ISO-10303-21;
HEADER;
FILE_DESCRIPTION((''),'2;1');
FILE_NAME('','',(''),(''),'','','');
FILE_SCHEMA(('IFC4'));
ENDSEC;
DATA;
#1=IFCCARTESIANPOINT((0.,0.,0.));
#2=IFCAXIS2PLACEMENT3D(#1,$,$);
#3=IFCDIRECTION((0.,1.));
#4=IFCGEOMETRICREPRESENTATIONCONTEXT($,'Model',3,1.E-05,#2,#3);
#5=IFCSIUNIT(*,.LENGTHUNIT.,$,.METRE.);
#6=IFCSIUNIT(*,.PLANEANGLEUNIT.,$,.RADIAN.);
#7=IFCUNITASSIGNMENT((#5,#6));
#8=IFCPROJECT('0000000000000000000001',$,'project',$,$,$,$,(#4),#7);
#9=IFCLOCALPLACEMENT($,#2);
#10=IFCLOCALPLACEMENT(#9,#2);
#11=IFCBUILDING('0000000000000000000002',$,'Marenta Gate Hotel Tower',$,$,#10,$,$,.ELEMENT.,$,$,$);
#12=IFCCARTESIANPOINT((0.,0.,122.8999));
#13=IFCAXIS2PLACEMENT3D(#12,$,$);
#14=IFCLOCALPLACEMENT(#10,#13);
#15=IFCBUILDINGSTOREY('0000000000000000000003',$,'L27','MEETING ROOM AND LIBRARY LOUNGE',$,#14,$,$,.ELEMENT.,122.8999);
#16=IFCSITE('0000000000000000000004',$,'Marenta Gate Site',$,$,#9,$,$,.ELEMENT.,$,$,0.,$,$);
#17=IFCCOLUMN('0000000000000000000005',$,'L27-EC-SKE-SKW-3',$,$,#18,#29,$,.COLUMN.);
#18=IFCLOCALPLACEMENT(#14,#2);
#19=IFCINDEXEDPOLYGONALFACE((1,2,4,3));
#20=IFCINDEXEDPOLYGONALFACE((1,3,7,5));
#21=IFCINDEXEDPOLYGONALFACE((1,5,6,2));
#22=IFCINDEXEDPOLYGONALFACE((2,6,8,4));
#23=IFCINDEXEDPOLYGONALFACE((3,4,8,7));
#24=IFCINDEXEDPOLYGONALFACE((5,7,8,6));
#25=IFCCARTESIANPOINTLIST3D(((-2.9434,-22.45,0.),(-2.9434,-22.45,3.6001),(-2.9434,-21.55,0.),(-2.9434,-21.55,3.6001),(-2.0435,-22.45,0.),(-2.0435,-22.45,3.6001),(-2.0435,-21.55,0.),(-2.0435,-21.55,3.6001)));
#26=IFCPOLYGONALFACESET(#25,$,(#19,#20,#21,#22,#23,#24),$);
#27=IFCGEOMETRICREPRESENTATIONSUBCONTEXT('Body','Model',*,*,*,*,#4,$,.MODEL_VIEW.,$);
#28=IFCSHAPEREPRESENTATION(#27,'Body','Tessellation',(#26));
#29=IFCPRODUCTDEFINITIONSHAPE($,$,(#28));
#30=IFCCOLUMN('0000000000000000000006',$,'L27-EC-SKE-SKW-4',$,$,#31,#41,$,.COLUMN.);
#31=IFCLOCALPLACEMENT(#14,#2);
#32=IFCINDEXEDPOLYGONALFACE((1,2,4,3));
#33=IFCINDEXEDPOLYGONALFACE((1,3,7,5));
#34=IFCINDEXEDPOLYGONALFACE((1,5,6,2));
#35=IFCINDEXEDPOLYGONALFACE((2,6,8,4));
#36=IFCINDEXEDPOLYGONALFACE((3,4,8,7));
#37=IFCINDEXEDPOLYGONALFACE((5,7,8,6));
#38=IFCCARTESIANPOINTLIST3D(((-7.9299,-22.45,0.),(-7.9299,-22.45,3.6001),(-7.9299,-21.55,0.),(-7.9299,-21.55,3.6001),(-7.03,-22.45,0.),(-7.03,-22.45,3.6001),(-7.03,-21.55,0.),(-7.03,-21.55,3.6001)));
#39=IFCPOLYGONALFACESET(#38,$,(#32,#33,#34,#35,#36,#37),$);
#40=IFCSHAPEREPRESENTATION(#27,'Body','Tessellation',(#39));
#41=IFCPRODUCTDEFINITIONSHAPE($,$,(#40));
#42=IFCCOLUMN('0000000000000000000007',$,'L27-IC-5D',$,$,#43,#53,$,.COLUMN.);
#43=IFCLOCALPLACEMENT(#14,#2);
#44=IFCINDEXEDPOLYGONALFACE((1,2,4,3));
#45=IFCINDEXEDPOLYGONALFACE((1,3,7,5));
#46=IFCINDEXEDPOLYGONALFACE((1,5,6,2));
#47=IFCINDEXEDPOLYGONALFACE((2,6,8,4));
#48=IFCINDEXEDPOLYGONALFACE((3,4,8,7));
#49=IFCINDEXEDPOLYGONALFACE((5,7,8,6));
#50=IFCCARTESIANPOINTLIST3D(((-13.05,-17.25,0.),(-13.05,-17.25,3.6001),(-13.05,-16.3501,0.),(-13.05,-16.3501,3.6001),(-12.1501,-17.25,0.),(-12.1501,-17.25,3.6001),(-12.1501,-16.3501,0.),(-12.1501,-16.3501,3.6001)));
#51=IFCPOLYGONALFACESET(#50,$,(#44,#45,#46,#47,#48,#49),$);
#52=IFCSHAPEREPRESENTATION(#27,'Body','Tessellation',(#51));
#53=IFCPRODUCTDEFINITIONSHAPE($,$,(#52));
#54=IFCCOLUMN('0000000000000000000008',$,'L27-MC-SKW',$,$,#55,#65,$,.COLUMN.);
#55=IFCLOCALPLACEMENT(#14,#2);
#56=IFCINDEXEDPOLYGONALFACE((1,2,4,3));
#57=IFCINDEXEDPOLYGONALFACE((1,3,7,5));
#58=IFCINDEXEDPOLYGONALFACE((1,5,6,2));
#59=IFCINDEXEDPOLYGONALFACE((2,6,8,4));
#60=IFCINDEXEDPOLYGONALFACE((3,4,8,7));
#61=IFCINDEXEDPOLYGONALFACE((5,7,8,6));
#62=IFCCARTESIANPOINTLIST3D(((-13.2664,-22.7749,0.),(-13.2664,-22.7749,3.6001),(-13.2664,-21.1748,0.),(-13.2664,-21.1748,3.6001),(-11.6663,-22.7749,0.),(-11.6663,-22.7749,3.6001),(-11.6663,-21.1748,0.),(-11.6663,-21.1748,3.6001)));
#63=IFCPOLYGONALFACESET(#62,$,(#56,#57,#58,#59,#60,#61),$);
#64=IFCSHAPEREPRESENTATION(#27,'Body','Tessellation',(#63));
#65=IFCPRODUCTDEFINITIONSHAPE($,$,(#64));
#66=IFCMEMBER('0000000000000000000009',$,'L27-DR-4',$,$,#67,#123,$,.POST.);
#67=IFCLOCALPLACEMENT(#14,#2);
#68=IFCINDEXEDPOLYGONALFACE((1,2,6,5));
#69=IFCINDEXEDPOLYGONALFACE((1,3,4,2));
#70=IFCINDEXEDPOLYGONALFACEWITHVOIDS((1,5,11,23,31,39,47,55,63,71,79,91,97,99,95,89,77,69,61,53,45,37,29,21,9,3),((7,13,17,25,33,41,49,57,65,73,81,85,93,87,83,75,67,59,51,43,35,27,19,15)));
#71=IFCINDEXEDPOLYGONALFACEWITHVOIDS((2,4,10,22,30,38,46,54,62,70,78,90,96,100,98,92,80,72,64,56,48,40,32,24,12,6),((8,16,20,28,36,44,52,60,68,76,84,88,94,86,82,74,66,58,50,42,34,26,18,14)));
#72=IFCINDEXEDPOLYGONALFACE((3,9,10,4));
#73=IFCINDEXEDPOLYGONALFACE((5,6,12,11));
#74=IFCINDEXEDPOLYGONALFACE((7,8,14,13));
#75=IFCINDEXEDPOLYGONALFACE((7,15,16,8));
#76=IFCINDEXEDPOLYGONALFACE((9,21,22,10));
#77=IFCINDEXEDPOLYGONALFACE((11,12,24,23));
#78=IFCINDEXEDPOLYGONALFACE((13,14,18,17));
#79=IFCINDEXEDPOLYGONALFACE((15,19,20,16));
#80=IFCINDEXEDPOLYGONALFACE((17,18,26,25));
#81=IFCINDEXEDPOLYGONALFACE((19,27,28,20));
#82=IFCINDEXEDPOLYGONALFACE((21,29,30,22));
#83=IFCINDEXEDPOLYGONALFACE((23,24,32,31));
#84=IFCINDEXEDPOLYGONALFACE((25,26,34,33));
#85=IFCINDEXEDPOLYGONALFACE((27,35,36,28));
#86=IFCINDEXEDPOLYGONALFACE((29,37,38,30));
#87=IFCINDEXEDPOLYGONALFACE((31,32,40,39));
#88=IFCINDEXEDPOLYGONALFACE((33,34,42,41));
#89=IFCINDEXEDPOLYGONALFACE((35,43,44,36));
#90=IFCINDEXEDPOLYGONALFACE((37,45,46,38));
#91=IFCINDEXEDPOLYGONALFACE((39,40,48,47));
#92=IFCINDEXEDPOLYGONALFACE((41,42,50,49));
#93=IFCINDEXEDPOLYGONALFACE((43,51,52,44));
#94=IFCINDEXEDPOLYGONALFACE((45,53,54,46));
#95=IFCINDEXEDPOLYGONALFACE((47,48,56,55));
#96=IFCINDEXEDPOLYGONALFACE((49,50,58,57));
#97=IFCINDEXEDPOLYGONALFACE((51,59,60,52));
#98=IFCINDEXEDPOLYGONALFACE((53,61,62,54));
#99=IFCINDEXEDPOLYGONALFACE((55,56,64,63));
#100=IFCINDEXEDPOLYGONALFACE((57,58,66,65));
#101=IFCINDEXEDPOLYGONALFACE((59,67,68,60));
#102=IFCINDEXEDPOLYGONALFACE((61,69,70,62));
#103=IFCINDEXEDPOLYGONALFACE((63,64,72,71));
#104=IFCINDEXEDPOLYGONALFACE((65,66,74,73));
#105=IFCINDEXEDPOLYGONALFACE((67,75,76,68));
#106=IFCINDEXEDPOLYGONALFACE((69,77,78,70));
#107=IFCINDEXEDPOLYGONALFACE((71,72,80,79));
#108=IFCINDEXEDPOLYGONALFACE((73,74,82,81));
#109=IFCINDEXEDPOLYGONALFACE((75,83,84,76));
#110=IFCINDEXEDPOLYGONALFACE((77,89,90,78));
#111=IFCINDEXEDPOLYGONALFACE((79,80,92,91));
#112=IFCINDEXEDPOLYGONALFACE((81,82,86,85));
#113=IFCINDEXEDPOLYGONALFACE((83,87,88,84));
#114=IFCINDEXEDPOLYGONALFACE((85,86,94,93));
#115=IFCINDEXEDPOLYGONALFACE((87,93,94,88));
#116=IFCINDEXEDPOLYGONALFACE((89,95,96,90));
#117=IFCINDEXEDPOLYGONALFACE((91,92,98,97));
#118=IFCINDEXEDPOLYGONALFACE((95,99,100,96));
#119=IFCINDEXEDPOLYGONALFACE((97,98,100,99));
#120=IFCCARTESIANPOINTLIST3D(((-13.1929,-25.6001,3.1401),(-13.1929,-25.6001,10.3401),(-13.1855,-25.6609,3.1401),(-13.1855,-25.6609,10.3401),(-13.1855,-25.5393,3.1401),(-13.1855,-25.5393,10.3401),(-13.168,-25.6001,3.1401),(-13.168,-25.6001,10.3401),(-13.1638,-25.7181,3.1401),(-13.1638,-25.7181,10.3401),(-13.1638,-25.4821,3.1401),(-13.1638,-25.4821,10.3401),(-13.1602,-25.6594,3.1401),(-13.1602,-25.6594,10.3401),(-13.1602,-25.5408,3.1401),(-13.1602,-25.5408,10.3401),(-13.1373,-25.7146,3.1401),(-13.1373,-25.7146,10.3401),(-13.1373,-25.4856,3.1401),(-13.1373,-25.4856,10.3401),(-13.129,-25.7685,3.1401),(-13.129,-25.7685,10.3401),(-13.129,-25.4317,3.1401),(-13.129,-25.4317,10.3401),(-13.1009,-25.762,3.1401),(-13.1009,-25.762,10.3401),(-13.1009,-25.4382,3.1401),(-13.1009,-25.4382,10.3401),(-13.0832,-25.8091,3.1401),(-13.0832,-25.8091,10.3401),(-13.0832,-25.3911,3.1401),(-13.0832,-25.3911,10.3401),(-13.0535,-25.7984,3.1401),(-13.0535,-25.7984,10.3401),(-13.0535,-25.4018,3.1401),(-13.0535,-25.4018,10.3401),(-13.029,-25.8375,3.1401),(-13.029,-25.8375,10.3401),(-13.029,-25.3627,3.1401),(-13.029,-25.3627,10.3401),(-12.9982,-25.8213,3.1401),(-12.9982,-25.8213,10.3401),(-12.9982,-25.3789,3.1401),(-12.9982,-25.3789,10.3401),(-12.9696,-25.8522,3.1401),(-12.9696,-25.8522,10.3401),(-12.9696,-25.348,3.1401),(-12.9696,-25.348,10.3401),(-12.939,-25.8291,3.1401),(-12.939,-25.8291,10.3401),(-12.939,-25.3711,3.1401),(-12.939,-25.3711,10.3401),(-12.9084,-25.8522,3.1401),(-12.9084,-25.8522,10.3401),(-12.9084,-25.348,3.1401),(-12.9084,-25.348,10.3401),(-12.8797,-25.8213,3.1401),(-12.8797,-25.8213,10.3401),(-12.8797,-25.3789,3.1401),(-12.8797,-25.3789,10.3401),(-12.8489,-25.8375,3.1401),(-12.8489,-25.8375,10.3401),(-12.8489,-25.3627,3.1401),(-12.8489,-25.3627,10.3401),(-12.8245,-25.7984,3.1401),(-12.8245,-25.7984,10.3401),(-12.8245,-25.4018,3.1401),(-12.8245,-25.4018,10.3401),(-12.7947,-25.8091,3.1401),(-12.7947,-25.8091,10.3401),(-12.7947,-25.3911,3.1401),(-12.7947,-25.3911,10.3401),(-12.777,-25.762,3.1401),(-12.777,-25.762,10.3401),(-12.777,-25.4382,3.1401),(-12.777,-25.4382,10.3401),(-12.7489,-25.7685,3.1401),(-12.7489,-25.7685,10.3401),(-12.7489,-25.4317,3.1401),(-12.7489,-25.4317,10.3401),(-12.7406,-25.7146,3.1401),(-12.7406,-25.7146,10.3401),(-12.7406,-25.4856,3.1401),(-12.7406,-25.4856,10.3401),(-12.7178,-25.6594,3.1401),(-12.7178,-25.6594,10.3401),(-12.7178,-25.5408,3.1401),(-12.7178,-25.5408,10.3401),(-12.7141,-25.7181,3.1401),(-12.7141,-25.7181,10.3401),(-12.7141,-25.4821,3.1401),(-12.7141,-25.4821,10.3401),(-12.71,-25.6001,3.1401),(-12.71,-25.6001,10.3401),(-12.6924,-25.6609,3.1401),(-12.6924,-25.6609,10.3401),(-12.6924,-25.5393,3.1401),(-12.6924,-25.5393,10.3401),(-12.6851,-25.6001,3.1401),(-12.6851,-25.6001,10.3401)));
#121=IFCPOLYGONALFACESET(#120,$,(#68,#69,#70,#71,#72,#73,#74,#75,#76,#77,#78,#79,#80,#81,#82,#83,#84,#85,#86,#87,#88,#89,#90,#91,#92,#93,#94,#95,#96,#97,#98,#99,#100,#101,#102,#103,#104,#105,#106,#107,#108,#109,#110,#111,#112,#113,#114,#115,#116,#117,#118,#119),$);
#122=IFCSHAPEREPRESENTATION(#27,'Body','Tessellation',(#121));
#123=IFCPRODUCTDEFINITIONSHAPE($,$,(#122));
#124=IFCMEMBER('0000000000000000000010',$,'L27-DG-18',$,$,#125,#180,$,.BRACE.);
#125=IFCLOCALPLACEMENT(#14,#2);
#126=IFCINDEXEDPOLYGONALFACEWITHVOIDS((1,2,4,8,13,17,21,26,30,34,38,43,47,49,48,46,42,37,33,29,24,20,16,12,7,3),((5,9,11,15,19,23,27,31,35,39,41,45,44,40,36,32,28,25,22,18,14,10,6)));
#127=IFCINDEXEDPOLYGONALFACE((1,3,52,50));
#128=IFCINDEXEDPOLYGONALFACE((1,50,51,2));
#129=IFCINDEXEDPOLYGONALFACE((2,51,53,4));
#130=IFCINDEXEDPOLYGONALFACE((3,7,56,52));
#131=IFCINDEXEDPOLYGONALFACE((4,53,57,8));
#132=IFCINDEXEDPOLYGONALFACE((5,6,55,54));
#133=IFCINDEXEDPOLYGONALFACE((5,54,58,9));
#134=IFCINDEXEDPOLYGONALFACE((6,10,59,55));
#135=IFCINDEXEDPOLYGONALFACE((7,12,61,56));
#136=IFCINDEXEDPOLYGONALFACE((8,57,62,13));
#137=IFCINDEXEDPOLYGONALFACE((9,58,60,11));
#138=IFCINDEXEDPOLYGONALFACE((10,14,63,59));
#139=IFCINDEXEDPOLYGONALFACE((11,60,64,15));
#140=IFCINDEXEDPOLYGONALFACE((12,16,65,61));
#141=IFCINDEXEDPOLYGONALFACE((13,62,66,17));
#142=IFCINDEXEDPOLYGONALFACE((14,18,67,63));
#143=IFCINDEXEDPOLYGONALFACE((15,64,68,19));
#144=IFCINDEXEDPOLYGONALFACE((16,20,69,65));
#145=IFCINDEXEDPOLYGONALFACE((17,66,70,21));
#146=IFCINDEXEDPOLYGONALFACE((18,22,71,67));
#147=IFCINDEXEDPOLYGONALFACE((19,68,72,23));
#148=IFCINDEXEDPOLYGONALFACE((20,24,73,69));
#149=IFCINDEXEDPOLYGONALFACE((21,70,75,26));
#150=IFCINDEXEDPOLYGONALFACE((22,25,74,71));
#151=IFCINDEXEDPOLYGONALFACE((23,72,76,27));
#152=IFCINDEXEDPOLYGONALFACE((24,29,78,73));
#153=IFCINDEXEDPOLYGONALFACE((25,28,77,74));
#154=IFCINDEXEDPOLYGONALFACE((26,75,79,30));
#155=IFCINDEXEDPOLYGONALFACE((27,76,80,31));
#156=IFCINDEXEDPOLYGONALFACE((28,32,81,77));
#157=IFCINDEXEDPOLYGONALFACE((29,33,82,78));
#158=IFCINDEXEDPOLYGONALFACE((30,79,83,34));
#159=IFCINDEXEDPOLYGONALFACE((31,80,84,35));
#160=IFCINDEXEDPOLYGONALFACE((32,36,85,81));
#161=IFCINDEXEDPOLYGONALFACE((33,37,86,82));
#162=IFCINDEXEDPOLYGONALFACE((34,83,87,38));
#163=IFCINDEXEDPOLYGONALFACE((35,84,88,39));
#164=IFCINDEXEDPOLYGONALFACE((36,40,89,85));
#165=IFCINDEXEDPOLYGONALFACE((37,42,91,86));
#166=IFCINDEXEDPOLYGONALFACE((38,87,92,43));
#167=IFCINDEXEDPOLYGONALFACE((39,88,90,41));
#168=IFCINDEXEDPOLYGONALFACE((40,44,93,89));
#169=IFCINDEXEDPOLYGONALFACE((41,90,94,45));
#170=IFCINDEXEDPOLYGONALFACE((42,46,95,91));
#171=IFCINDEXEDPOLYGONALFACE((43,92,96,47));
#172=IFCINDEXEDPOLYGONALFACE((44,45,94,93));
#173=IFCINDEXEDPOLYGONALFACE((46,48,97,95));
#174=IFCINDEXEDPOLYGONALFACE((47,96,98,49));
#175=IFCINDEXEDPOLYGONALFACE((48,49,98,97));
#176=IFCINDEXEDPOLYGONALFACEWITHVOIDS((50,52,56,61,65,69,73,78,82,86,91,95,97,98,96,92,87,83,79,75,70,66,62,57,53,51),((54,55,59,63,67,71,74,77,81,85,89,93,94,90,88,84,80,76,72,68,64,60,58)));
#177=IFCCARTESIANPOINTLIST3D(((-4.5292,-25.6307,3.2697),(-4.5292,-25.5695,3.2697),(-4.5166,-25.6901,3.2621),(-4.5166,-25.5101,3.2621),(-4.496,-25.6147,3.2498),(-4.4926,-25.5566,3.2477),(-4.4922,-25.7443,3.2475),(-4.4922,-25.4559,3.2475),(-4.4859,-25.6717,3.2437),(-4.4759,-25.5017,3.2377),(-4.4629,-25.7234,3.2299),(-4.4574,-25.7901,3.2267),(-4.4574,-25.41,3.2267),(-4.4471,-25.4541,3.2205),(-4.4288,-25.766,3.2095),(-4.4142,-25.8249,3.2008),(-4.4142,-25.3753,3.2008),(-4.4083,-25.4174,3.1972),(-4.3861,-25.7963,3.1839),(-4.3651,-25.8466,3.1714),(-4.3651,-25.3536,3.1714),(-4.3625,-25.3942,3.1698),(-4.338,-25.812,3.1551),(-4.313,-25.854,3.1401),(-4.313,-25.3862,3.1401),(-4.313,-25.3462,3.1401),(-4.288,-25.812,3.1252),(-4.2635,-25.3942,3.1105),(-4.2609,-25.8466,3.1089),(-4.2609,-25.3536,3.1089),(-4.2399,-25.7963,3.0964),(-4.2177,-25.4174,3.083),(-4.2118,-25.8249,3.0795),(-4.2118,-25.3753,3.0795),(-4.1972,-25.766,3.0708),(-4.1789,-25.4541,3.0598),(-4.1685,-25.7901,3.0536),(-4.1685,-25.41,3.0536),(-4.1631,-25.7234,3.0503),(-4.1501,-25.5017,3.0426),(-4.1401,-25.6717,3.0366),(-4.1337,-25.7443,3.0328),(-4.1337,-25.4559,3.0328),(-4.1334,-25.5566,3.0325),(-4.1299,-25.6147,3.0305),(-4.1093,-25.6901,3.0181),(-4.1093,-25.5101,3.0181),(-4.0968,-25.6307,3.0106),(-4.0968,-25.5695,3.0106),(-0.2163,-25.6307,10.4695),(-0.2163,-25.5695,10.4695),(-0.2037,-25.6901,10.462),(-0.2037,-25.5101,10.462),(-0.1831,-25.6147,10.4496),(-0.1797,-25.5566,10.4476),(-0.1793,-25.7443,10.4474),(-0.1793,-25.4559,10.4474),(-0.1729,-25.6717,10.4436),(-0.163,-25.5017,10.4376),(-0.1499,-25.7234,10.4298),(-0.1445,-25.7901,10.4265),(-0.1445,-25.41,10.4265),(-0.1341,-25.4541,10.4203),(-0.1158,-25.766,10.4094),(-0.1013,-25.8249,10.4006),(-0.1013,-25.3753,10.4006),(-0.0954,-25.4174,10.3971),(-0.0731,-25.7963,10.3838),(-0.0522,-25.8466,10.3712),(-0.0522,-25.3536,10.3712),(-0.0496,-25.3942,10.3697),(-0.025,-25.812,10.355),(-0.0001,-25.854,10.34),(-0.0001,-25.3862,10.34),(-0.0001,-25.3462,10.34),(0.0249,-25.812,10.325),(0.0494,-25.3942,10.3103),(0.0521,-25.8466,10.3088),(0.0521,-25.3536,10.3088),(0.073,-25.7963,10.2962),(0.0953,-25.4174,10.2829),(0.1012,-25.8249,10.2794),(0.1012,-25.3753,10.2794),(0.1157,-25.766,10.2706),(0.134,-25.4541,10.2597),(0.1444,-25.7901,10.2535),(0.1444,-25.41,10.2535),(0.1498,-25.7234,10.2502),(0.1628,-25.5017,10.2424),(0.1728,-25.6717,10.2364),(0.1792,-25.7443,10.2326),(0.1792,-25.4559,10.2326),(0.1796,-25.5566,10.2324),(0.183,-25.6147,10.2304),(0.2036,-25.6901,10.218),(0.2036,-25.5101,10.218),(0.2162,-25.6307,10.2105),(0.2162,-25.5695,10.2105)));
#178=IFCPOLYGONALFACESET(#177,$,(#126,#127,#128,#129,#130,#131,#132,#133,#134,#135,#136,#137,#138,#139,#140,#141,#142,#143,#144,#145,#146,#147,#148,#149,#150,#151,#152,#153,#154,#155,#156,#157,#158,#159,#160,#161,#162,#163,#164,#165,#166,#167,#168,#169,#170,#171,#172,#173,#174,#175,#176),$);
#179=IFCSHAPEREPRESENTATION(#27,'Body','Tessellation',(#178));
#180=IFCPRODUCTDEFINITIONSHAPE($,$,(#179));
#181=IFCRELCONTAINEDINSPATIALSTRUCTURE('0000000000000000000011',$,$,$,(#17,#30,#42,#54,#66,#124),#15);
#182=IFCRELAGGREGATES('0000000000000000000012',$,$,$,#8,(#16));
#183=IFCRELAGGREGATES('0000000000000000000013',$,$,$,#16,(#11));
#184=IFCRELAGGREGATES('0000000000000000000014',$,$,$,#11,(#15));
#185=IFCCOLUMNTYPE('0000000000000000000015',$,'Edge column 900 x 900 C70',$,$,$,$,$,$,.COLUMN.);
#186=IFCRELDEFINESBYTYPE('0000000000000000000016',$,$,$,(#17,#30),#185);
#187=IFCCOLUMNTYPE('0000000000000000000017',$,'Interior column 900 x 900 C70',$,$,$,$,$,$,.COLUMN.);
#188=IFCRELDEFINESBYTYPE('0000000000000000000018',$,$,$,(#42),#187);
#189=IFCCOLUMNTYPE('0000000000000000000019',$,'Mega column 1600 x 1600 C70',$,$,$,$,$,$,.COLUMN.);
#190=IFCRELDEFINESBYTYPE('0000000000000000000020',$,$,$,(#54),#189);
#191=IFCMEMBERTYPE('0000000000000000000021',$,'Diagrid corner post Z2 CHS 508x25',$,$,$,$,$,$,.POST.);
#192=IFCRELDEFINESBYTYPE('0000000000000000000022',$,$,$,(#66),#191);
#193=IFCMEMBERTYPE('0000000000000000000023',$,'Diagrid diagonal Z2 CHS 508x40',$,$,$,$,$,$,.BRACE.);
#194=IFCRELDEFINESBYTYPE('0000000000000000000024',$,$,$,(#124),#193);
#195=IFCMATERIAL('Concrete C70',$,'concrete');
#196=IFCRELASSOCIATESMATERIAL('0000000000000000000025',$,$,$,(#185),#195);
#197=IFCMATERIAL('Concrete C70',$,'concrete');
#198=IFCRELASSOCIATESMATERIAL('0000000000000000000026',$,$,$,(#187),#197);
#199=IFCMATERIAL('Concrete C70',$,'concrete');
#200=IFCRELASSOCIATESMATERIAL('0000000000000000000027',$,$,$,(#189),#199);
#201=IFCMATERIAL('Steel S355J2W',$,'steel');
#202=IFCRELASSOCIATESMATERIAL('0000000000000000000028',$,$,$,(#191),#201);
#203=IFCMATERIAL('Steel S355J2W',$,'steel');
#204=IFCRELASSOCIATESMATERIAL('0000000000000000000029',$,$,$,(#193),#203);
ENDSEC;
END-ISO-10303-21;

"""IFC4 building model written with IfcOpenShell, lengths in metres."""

from ifc_helpers import new_model, si_unit, direction, frame, origin, origin_2d, place, context, subcontext, project, spatial, rectangle, hollow_circle, extrude, material, material_profile, profile_set, type_object, element, save


model = new_model("IFC4")

# Units and contexts
model_context = context("Model", 3, precision=1e-05, world=origin(), true_north=direction((0.0, 1.0)))
body_context = subcontext(model_context, "Body", "Model", "MODEL_VIEW")
ifc_project = project(units=[si_unit("LENGTHUNIT", "METRE"), si_unit("PLANEANGLEUNIT", "RADIAN")], contexts=[model_context])

# Site, building, storey
site_placement = place(None, origin())
site = spatial("IfcSite", under=ifc_project, at=site_placement, Name="Marenta Gate Site", CompositionType="ELEMENT", RefElevation=0.0)
building_placement = place(site_placement, origin())
building = spatial("IfcBuilding", under=site, at=building_placement, Name="Marenta Gate Hotel Tower", CompositionType="ELEMENT")
storey_placement = place(building_placement, frame((0.0, 0.0, 122.8999)))
storey = spatial("IfcBuildingStorey", under=building, at=storey_placement, Name="L27", Description="MEETING ROOM AND LIBRARY LOUNGE", CompositionType="ELEMENT", Elevation=122.8999)

# Columns
ifc_material_1 = material(Name="Concrete C70", Category="concrete")
ifc_material_profile_1 = material_profile(ifc_material_1, rectangle(XDim=0.8999, YDim=0.8999, at=origin_2d()), Name="900 x 900")
ifc_profile_set_1 = profile_set([ifc_material_profile_1], Name="Concrete C70")
column_type_1 = type_object("IfcColumnType", Name="Edge column 900 x 900 C70", PredefinedType="COLUMN", material=ifc_profile_set_1)
for number, where, z_axis, x_axis, name in (
    (1, (-2.4934, -22.0, 0.0), (0.0, 0.0, 1.0), (1.0, 0.0, 0.0), "L27-EC-SKE-SKW-3"),
    (2, (-7.48, -22.0, 0.0), (0.0, 0.0, 1.0), (1.0, 0.0, 0.0), "L27-EC-SKE-SKW-4"),
):
    element("IfcColumn", number, at=place(storey_placement, frame(where, z_axis=z_axis, x_axis=x_axis)), inside=storey, type_object=column_type_1, Name=name, PredefinedType="COLUMN", context=body_context, shape_type="SweptSolid", body=[
        extrude(rectangle(XDim=0.8999, YDim=0.8999, at=origin_2d()), origin(), (0.0, 0.0, 1.0), 3.6001),
    ])
ifc_material_2 = material(Name="Concrete C70", Category="concrete")
ifc_material_profile_2 = material_profile(ifc_material_2, rectangle(XDim=0.8999, YDim=0.8999, at=origin_2d()), Name="900 x 900")
ifc_profile_set_2 = profile_set([ifc_material_profile_2], Name="Concrete C70")
column_type_2 = type_object("IfcColumnType", Name="Interior column 900 x 900 C70", PredefinedType="COLUMN", material=ifc_profile_set_2)
column_1_placement = place(storey_placement, frame((-12.6001, -16.8, 0.0), z_axis=(0.0, 0.0, 1.0), x_axis=(1.0, 0.0, 0.0)))
element("IfcColumn", 3, at=column_1_placement, inside=storey, type_object=column_type_2, Name="L27-IC-5D", PredefinedType="COLUMN", context=body_context, shape_type="SweptSolid", body=[
    extrude(rectangle(XDim=0.8999, YDim=0.8999, at=origin_2d()), origin(), (0.0, 0.0, 1.0), 3.6001),
])
ifc_material_3 = material(Name="Concrete C70", Category="concrete")
ifc_material_profile_3 = material_profile(ifc_material_3, rectangle(XDim=1.6001, YDim=1.6001, at=origin_2d()), Name="1600 x 1600")
ifc_profile_set_3 = profile_set([ifc_material_profile_3], Name="Concrete C70")
column_type_3 = type_object("IfcColumnType", Name="Mega column 1600 x 1600 C70", PredefinedType="COLUMN", material=ifc_profile_set_3)
column_2_placement = place(storey_placement, frame((-12.4663, -21.9749, 0.0), z_axis=(0.0, 0.0, 1.0), x_axis=(1.0, 0.0, 0.0)))
element("IfcColumn", 4, at=column_2_placement, inside=storey, type_object=column_type_3, Name="L27-MC-SKW", PredefinedType="COLUMN", context=body_context, shape_type="SweptSolid", body=[
    extrude(rectangle(XDim=1.6001, YDim=1.6001, at=origin_2d()), origin(), (0.0, 0.0, 1.0), 3.6001),
])

# Members
ifc_material_4 = material(Name="Steel S355J2W", Category="steel")
ifc_material_profile_4 = material_profile(ifc_material_4, hollow_circle(Radius=0.2539, WallThickness=0.0249, at=origin_2d()), Name="CHS 508x25")
ifc_profile_set_4 = profile_set([ifc_material_profile_4], Name="Steel S355J2W")
member_type_1 = type_object("IfcMemberType", Name="Diagrid corner post Z2 CHS 508x25", PredefinedType="POST", material=ifc_profile_set_4)
member_1_placement = place(storey_placement, frame((-12.939, -25.6001, 3.1401), z_axis=(0.0, 0.0, 1.0), x_axis=(1.0, 0.0, 0.0)))
element("IfcMember", 5, at=member_1_placement, inside=storey, type_object=member_type_1, Name="L27-DR-4", PredefinedType="POST", context=body_context, shape_type="SweptSolid", body=[
    extrude(hollow_circle(Radius=0.2539, WallThickness=0.0249, at=origin_2d()), origin(), (0.0, 0.0, 1.0), 7.2),
])
ifc_material_5 = material(Name="Steel S355J2W", Category="steel")
ifc_material_profile_5 = material_profile(ifc_material_5, hollow_circle(Radius=0.2539, WallThickness=0.04, at=origin_2d()), Name="CHS 508x40")
ifc_profile_set_5 = profile_set([ifc_material_profile_5], Name="Steel S355J2W")
member_type_2 = type_object("IfcMemberType", Name="Diagrid diagonal Z2 CHS 508x40", PredefinedType="BRACE", material=ifc_profile_set_5)
for number, where, z_axis, x_axis, name in (
    (6, (-4.313, -25.6001, 3.1401), (0.513884, 0.0, 0.85786), (0.0, 1.0, 0.0), "L27-DG-18"),
):
    element("IfcMember", number, at=place(storey_placement, frame(where, z_axis=z_axis, x_axis=x_axis)), inside=storey, type_object=member_type_2, Name=name, PredefinedType="BRACE", context=body_context, shape_type="SweptSolid", body=[
        extrude(hollow_circle(Radius=0.2539, WallThickness=0.04, at=origin_2d()), origin(), (0.0, 0.0, 1.0), 8.3928),
    ])

save(model, "model.ifc")
